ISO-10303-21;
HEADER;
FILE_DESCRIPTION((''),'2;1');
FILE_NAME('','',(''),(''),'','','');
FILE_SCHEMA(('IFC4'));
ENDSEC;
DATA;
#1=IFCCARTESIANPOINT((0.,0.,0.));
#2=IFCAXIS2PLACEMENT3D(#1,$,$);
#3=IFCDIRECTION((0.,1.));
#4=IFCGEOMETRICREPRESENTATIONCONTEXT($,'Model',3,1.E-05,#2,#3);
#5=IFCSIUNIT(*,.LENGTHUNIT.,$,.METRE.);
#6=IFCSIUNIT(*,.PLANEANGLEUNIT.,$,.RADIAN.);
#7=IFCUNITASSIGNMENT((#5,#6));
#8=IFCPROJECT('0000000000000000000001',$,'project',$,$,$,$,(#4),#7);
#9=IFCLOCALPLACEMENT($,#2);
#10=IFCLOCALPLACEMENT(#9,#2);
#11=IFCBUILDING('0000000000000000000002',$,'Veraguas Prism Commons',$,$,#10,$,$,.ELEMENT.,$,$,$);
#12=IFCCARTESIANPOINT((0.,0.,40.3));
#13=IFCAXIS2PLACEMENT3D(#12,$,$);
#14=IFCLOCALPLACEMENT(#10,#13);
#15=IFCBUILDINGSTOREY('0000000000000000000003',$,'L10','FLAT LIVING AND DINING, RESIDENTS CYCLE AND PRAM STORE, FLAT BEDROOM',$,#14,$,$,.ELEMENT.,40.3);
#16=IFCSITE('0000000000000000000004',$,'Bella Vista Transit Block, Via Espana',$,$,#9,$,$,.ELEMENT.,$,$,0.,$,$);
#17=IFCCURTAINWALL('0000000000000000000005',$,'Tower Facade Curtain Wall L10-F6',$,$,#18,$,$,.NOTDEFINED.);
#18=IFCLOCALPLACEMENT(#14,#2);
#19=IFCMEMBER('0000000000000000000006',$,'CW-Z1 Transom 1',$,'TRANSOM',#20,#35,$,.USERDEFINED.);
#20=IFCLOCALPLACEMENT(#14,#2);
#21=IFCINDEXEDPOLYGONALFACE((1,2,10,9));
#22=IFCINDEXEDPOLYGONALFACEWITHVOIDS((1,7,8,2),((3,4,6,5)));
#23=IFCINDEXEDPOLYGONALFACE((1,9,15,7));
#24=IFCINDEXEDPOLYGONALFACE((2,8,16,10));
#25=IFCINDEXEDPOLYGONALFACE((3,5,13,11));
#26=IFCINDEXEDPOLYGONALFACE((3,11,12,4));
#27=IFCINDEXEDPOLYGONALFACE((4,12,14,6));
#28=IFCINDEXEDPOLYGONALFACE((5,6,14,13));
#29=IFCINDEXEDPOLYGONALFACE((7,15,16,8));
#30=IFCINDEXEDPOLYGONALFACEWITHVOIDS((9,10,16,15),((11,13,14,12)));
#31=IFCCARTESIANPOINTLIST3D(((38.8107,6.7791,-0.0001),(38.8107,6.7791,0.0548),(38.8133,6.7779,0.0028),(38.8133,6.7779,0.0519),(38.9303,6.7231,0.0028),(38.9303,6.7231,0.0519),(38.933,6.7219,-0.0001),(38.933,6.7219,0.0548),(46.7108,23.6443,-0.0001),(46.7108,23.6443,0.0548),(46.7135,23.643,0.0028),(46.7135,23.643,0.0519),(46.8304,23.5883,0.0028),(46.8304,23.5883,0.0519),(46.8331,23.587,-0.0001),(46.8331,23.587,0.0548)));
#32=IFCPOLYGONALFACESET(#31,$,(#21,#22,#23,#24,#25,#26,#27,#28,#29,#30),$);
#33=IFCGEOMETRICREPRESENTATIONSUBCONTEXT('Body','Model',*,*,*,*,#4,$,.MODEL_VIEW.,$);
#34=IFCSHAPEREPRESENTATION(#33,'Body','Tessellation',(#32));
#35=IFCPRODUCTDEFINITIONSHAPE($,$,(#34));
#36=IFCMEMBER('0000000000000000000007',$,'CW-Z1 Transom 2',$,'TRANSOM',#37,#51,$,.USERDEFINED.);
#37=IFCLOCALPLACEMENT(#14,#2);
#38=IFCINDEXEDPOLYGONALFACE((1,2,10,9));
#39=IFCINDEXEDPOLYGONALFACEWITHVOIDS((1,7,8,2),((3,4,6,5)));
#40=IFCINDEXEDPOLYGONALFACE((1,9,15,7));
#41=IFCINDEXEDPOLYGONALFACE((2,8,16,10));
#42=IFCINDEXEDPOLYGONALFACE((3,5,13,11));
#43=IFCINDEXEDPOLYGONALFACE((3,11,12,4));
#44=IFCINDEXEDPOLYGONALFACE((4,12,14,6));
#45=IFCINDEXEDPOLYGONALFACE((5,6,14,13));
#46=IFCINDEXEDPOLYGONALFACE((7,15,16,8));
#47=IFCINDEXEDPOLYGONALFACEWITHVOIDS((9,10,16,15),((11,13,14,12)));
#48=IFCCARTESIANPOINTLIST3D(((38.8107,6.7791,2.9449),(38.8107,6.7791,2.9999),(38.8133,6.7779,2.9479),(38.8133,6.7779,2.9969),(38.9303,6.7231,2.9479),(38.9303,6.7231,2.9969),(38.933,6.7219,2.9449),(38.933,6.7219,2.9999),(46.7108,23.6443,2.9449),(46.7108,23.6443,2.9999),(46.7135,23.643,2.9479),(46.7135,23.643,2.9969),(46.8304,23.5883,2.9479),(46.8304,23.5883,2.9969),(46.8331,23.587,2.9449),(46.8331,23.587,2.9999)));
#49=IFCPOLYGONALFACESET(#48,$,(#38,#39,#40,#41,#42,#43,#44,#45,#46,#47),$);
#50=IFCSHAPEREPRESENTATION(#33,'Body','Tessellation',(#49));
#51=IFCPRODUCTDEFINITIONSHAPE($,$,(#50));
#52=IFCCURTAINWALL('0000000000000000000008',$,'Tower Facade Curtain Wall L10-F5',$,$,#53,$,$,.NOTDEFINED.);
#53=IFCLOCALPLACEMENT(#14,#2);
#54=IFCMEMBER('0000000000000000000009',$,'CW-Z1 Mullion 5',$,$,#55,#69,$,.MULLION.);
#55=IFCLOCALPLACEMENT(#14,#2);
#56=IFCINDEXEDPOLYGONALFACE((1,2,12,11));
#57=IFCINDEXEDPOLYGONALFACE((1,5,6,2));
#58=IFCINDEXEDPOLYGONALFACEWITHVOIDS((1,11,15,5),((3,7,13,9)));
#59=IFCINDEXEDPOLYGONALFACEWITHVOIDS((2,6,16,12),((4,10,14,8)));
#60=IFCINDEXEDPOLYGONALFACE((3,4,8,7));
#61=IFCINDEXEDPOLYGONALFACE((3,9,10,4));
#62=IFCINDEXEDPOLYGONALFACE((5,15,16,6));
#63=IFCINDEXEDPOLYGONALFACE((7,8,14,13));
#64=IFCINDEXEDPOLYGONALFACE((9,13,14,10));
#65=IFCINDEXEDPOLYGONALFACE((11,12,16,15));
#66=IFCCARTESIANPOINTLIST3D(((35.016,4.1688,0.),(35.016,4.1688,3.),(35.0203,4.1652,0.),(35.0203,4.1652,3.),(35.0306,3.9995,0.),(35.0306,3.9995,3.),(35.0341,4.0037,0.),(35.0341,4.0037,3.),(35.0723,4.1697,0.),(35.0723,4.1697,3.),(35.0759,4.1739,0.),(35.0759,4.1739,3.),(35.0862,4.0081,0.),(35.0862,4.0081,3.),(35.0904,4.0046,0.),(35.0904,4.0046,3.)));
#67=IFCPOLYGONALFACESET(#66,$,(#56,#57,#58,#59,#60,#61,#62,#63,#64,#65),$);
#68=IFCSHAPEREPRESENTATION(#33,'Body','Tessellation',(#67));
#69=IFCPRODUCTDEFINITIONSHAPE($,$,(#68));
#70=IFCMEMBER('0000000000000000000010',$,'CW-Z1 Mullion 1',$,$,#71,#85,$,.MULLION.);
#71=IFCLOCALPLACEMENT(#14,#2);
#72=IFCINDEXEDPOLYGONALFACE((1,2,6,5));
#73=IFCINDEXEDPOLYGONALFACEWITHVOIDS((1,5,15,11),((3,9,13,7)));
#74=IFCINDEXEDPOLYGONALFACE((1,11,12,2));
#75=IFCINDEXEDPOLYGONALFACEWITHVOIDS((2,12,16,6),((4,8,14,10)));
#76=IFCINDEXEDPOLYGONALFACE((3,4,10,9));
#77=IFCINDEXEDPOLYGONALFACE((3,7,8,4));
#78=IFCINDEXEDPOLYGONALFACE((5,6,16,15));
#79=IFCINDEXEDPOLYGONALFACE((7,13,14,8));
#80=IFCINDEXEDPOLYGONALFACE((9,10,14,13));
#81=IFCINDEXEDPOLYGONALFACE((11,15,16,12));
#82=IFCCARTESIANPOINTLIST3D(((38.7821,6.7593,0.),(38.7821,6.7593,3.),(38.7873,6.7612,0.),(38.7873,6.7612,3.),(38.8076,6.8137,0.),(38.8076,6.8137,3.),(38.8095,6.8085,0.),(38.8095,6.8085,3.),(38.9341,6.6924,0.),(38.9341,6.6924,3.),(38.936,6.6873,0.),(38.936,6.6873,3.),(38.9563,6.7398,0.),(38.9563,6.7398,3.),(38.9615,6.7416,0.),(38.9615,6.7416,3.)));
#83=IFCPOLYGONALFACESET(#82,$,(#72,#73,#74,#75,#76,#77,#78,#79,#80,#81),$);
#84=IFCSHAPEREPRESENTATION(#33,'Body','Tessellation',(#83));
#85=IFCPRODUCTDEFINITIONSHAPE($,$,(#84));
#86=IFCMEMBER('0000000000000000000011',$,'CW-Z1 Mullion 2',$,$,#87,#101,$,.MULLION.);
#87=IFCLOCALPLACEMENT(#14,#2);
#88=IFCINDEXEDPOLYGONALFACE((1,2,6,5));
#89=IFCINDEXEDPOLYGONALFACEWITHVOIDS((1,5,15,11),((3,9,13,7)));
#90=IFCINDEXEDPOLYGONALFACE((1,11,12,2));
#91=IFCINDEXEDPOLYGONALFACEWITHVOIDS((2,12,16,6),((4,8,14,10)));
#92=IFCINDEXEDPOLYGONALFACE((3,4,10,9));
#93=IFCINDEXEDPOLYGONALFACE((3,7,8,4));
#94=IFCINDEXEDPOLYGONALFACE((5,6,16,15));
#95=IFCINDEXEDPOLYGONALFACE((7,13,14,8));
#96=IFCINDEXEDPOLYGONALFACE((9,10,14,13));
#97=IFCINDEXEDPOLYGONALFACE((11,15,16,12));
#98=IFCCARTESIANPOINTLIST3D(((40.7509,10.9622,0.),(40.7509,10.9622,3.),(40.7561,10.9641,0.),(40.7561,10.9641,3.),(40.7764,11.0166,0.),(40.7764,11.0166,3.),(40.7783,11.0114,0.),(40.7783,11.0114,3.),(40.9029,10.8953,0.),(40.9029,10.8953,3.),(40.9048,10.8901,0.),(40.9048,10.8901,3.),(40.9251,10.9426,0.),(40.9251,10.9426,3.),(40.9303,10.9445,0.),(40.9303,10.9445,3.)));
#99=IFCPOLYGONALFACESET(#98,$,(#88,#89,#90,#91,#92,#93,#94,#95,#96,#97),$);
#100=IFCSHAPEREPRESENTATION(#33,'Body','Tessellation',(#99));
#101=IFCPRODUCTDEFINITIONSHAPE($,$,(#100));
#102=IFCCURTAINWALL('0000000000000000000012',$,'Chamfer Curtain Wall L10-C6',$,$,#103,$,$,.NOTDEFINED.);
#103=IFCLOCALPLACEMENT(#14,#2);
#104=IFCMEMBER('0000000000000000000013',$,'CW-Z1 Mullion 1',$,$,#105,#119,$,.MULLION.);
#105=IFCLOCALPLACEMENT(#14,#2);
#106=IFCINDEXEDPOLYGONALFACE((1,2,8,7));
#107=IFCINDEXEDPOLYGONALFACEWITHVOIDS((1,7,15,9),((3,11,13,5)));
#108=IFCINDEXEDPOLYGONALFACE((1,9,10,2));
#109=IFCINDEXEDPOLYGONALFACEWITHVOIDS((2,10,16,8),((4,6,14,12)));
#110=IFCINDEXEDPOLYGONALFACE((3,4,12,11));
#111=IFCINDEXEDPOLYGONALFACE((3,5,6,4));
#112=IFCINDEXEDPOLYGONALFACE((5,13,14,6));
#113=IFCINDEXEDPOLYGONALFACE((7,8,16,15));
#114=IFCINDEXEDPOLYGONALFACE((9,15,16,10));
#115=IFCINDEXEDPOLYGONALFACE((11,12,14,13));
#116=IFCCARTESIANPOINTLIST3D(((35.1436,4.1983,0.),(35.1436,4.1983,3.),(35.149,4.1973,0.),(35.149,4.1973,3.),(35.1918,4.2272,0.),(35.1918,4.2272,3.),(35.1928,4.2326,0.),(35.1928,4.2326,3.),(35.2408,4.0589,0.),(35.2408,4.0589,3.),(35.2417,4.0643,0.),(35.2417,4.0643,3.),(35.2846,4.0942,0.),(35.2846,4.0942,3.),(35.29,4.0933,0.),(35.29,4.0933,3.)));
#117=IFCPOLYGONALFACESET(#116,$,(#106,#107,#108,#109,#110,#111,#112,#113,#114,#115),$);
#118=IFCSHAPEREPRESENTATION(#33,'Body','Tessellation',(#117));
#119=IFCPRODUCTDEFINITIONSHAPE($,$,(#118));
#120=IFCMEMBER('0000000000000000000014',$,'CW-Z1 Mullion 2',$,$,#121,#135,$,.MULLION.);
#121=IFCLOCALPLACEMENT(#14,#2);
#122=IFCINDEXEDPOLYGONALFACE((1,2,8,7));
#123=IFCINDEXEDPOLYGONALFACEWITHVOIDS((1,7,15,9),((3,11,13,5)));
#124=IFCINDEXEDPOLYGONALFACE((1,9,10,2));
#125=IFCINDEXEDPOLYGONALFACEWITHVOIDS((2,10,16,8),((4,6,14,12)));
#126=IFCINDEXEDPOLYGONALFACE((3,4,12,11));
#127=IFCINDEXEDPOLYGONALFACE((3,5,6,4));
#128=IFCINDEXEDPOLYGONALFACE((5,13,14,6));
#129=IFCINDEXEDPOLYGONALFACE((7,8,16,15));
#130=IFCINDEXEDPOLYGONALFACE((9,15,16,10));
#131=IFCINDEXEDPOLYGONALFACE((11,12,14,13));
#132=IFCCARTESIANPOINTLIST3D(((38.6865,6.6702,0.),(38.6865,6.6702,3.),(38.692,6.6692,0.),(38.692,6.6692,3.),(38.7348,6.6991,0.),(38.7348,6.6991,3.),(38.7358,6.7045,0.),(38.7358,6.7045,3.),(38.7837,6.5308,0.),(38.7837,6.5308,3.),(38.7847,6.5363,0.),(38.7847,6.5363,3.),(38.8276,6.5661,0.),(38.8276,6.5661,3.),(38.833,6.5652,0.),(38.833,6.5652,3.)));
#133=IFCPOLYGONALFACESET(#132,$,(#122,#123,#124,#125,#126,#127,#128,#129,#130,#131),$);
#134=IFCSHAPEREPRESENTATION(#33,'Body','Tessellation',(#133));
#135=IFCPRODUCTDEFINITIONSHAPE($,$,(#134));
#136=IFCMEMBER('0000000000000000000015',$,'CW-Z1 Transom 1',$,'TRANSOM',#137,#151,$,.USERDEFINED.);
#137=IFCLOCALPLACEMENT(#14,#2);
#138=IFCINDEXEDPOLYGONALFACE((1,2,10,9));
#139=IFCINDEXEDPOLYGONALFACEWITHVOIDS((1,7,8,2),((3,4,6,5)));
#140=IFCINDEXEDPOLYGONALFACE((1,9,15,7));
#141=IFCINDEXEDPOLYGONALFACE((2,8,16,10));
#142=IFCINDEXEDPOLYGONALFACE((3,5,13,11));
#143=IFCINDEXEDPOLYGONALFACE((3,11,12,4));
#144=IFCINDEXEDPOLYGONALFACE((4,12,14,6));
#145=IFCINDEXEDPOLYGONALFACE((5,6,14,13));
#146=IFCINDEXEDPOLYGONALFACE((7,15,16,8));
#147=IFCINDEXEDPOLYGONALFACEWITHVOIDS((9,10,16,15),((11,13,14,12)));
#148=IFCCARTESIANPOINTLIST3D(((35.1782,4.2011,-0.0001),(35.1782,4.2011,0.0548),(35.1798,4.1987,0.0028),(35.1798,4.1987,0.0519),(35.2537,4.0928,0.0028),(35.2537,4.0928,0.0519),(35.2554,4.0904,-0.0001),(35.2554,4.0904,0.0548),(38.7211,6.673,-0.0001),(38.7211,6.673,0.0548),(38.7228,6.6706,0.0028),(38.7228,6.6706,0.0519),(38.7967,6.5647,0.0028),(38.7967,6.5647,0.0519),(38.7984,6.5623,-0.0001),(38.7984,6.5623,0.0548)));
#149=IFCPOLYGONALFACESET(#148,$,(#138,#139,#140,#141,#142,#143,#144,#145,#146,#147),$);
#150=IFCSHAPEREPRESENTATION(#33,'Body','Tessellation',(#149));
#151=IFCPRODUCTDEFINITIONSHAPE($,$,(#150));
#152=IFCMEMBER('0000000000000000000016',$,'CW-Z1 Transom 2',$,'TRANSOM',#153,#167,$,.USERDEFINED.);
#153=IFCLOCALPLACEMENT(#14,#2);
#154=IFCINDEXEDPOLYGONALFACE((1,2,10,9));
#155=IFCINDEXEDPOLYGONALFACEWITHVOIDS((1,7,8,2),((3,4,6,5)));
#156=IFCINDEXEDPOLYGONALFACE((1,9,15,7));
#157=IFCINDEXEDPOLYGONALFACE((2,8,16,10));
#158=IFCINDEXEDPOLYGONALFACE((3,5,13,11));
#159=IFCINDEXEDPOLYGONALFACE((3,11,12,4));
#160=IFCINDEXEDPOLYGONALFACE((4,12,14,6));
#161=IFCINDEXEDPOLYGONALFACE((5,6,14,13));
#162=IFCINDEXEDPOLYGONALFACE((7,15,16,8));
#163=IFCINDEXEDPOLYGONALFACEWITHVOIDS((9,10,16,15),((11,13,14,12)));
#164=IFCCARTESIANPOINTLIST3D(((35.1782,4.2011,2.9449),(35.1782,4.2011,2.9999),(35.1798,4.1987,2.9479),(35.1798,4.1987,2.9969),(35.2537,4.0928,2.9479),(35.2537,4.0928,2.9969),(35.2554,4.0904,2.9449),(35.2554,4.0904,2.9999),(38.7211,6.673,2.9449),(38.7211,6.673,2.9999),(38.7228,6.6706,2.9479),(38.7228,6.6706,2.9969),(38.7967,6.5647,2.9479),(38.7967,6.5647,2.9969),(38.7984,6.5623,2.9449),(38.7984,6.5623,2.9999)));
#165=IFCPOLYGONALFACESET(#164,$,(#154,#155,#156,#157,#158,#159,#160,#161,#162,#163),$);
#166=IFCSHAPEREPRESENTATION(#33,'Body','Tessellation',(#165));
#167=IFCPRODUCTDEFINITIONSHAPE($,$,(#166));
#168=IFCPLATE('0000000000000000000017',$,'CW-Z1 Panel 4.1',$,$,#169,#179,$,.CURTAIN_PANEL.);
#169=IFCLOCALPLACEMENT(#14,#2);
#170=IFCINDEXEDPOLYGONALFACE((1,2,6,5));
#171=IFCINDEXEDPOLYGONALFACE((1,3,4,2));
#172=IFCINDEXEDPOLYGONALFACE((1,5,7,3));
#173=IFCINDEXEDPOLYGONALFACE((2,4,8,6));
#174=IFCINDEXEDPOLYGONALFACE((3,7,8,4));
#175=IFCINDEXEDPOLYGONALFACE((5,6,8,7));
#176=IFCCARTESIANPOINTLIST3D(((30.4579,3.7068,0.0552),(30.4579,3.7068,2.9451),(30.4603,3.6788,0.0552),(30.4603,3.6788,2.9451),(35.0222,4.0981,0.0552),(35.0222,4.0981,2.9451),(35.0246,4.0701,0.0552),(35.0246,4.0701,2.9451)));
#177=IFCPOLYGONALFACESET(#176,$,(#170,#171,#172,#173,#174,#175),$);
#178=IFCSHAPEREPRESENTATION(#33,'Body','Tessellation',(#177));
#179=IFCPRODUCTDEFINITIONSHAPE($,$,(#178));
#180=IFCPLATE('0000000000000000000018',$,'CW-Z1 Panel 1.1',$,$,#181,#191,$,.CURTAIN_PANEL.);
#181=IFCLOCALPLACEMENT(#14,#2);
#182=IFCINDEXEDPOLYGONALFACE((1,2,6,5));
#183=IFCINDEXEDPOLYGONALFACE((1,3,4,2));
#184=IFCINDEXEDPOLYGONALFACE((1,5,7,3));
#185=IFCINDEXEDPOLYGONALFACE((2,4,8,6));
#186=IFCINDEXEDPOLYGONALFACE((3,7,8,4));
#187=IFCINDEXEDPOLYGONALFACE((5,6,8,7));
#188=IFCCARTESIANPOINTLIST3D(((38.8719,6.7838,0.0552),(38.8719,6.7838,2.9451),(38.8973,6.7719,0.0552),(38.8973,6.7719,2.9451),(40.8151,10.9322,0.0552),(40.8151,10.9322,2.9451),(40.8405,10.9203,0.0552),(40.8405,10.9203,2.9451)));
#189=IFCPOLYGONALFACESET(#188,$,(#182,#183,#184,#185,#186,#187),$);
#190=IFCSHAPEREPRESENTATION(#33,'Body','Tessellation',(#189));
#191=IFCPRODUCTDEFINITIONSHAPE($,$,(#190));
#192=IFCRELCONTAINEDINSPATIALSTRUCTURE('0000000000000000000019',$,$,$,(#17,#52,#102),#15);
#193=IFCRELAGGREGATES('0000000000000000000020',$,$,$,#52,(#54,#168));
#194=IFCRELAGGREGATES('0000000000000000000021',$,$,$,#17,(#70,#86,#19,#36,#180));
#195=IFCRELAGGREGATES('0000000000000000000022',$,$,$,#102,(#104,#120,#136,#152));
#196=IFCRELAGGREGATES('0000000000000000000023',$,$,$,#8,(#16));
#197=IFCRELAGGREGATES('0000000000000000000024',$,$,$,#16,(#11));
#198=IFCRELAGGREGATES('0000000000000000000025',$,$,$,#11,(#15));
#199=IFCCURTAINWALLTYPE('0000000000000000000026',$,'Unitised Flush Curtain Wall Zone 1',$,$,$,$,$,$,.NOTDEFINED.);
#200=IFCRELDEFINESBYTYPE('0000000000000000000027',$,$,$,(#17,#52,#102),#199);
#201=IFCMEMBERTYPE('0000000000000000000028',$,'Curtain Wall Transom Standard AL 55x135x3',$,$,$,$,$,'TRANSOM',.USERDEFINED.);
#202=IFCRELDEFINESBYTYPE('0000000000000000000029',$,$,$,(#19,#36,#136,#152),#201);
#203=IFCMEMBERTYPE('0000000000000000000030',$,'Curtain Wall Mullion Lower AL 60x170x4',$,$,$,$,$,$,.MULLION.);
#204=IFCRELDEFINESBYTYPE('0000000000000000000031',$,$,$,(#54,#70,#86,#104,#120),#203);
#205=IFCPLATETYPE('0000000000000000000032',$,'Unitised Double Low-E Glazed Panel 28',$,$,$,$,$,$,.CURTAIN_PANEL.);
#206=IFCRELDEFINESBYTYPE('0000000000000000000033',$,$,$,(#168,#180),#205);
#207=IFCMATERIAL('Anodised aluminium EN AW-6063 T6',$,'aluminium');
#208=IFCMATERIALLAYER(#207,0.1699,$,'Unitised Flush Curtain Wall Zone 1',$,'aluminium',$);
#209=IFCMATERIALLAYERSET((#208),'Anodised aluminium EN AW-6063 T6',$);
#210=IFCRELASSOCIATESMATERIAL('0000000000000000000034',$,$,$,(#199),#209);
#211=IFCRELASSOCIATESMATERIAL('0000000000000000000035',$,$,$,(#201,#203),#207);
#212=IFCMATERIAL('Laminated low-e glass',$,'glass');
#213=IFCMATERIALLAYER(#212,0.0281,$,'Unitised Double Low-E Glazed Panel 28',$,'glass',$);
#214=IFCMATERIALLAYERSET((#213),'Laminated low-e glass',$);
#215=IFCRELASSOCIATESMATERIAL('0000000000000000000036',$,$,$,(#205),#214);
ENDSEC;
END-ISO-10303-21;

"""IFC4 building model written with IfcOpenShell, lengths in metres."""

from ifc_helpers import new_model, si_unit, direction, frame, origin, origin_2d, place, context, subcontext, project, spatial, rectangle, hollow_rectangle, extrude, source, transform, mapped, material, layer, layer_set, material_profile, profile_set, type_object, element, aggregate, save


model = new_model("IFC4")

# Units and contexts
model_context = context("Model", 3, precision=1e-05, world=origin(), true_north=direction((0.0, 1.0)))
body_context = subcontext(model_context, "Body", "Model", "MODEL_VIEW")
ifc_project = project(units=[si_unit("LENGTHUNIT", "METRE"), si_unit("PLANEANGLEUNIT", "RADIAN")], contexts=[model_context])

# Site, building, storey
site_placement = place(None, origin())
site = spatial("IfcSite", under=ifc_project, at=site_placement, Name="Bella Vista Transit Block, Via Espana", CompositionType="ELEMENT", RefElevation=0.0)
building_placement = place(site_placement, origin())
building = spatial("IfcBuilding", under=site, at=building_placement, Name="Veraguas Prism Commons", CompositionType="ELEMENT")
storey_placement = place(building_placement, frame((0.0, 0.0, 40.3)))
storey = spatial("IfcBuildingStorey", under=building, at=storey_placement, Name="L10", Description="FLAT LIVING AND DINING, RESIDENTS CYCLE AND PRAM STORE, FLAT BEDROOM", CompositionType="ELEMENT", Elevation=40.3)

# Curtain wall, members
ifc_material_1 = material(Name="Anodised aluminium EN AW-6063 T6", Category="aluminium")
ifc_layer_1 = layer(ifc_material_1, 0.1699, Name="Unitised Flush Curtain Wall Zone 1", Category="aluminium")
ifc_layer_set_1 = layer_set([ifc_layer_1], Name="Anodised aluminium EN AW-6063 T6")
curtain_wall_type = type_object("IfcCurtainWallType", Name="Unitised Flush Curtain Wall Zone 1", PredefinedType="NOTDEFINED", material=ifc_layer_set_1)
curtain_wall_1_placement = place(storey_placement, origin())
curtain_wall_1 = element("IfcCurtainWall", 1, at=curtain_wall_1_placement, inside=storey, type_object=curtain_wall_type, Name="Tower Facade Curtain Wall L10-F6", PredefinedType="NOTDEFINED")
ifc_material_profile_1 = material_profile(ifc_material_1, hollow_rectangle(XDim=0.0549, YDim=0.135, WallThickness=0.0029, at=origin_2d()), Name="AL55X135X3")
ifc_profile_set_1 = profile_set([ifc_material_profile_1], Name="Anodised aluminium EN AW-6063 T6")
member_type_1 = type_object("IfcMemberType", Name="Curtain Wall Transom Standard AL 55x135x3", ElementType="TRANSOM", PredefinedType="USERDEFINED", material=ifc_profile_set_1)
shared_shape_1 = source(origin(), body_context, "Body", "SweptSolid", [
    extrude(hollow_rectangle(XDim=0.0549, YDim=0.135, WallThickness=0.0029, at=origin_2d()), origin(), (0.0, 0.0, 1.0), 18.6238),
])
member_1_placement = place(storey_placement, frame((38.8718, 6.7505, 0.0273), z_axis=(0.424195, 0.905571, 0.0), x_axis=(0.0, 0.0, 1.0)))
member_1 = element("IfcMember", 2, at=member_1_placement, type_object=member_type_1, Name="CW-Z1 Transom 1", ObjectType="TRANSOM", PredefinedType="USERDEFINED", context=body_context, shape_type="MappedRepresentation", body=[
    mapped(shared_shape_1, transform((0.0, 0.0, 0.0), scale=1.0)),
])
member_2_placement = place(storey_placement, frame((38.8718, 6.7505, 2.9724), z_axis=(0.424195, 0.905571, 0.0), x_axis=(0.0, 0.0, 1.0)))
member_2 = element("IfcMember", 3, at=member_2_placement, type_object=member_type_1, Name="CW-Z1 Transom 2", ObjectType="TRANSOM", PredefinedType="USERDEFINED", context=body_context, shape_type="MappedRepresentation", body=[
    mapped(shared_shape_1, transform((0.0, 0.0, 0.0), scale=1.0)),
])

# Curtain wall, member
curtain_wall_2_placement = place(storey_placement, origin())
curtain_wall_2 = element("IfcCurtainWall", 4, at=curtain_wall_2_placement, inside=storey, type_object=curtain_wall_type, Name="Tower Facade Curtain Wall L10-F5", PredefinedType="NOTDEFINED")
ifc_material_profile_2 = material_profile(ifc_material_1, hollow_rectangle(XDim=0.0601, YDim=0.1699, WallThickness=0.0039, at=origin_2d()), Name="AL60X170X4")
ifc_profile_set_2 = profile_set([ifc_material_profile_2], Name="Anodised aluminium EN AW-6063 T6")
member_type_2 = type_object("IfcMemberType", Name="Curtain Wall Mullion Lower AL 60x170x4", PredefinedType="MULLION", material=ifc_profile_set_2)
shared_shape_2 = source(origin(), body_context, "Body", "SweptSolid", [
    extrude(hollow_rectangle(XDim=0.0601, YDim=0.1699, WallThickness=0.0039, at=origin_2d()), origin(), (0.0, 0.0, 1.0), 3.0),
])
member_3_placement = place(storey_placement, frame((35.0532, 4.0867, 0.0), z_axis=(0.0, 0.0, 1.0), x_axis=(0.996345, 0.085417, 0.0)))
member_3 = element("IfcMember", 5, at=member_3_placement, type_object=member_type_2, Name="CW-Z1 Mullion 5", PredefinedType="MULLION", context=body_context, shape_type="MappedRepresentation", body=[
    mapped(shared_shape_2, transform((0.0, 0.0, 0.0), scale=1.0)),
])

# Members
member_4_placement = place(storey_placement, frame((38.8718, 6.7505, 0.0), z_axis=(0.0, 0.0, 1.0), x_axis=(0.424195, 0.905571, 0.0)))
member_4 = element("IfcMember", 6, at=member_4_placement, type_object=member_type_2, Name="CW-Z1 Mullion 1", PredefinedType="MULLION", context=body_context, shape_type="MappedRepresentation", body=[
    mapped(shared_shape_2, transform((0.0, 0.0, 0.0), scale=1.0)),
])
member_5_placement = place(storey_placement, frame((40.8406, 10.9534, 0.0), z_axis=(0.0, 0.0, 1.0), x_axis=(0.424195, 0.905571, 0.0)))
member_5 = element("IfcMember", 7, at=member_5_placement, type_object=member_type_2, Name="CW-Z1 Mullion 2", PredefinedType="MULLION", context=body_context, shape_type="MappedRepresentation", body=[
    mapped(shared_shape_2, transform((0.0, 0.0, 0.0), scale=1.0)),
])

# Curtain wall, members
curtain_wall_3_placement = place(storey_placement, origin())
curtain_wall_3 = element("IfcCurtainWall", 8, at=curtain_wall_3_placement, inside=storey, type_object=curtain_wall_type, Name="Chamfer Curtain Wall L10-C6", PredefinedType="NOTDEFINED")
member_6_placement = place(storey_placement, frame((35.2168, 4.1458, 0.0), z_axis=(0.0, 0.0, 1.0), x_axis=(0.820144, 0.572157, 0.0)))
member_6 = element("IfcMember", 9, at=member_6_placement, type_object=member_type_2, Name="CW-Z1 Mullion 1", PredefinedType="MULLION", context=body_context, shape_type="MappedRepresentation", body=[
    mapped(shared_shape_2, transform((0.0, 0.0, 0.0), scale=1.0)),
])
member_7_placement = place(storey_placement, frame((38.7598, 6.6177, 0.0), z_axis=(0.0, 0.0, 1.0), x_axis=(0.820144, 0.572157, 0.0)))
member_7 = element("IfcMember", 10, at=member_7_placement, type_object=member_type_2, Name="CW-Z1 Mullion 2", PredefinedType="MULLION", context=body_context, shape_type="MappedRepresentation", body=[
    mapped(shared_shape_2, transform((0.0, 0.0, 0.0), scale=1.0)),
])
shared_shape_3 = source(origin(), body_context, "Body", "SweptSolid", [
    extrude(hollow_rectangle(XDim=0.0549, YDim=0.135, WallThickness=0.0029, at=origin_2d()), origin(), (0.0, 0.0, 1.0), 4.3201),
])
member_8_placement = place(storey_placement, frame((35.2168, 4.1458, 0.0273), z_axis=(0.820118, 0.572195, 0.0), x_axis=(0.0, 0.0, 1.0)))
member_8 = element("IfcMember", 11, at=member_8_placement, type_object=member_type_1, Name="CW-Z1 Transom 1", ObjectType="TRANSOM", PredefinedType="USERDEFINED", context=body_context, shape_type="MappedRepresentation", body=[
    mapped(shared_shape_3, transform((0.0, 0.0, 0.0), scale=1.0)),
])
member_9_placement = place(storey_placement, frame((35.2168, 4.1458, 2.9724), z_axis=(0.820118, 0.572195, 0.0), x_axis=(0.0, 0.0, 1.0)))
member_9 = element("IfcMember", 12, at=member_9_placement, type_object=member_type_1, Name="CW-Z1 Transom 2", ObjectType="TRANSOM", PredefinedType="USERDEFINED", context=body_context, shape_type="MappedRepresentation", body=[
    mapped(shared_shape_3, transform((0.0, 0.0, 0.0), scale=1.0)),
])

# Plates
ifc_material_2 = material(Name="Laminated low-e glass", Category="glass")
ifc_layer_2 = layer(ifc_material_2, 0.0281, Name="Unitised Double Low-E Glazed Panel 28", Category="glass")
ifc_layer_set_2 = layer_set([ifc_layer_2], Name="Laminated low-e glass")
plate_type = type_object("IfcPlateType", Name="Unitised Double Low-E Glazed Panel 28", PredefinedType="CURTAIN_PANEL", material=ifc_layer_set_2)
shared_shape_4 = source(origin(), body_context, "Body", "SweptSolid", [
    extrude(rectangle(XDim=4.5811, YDim=0.0281, at=origin_2d()), origin(), (0.0, 0.0, 1.0), 2.8899),
])
plate_1_placement = place(storey_placement, frame((32.7412, 3.8884, 0.0552), z_axis=(0.0, 0.0, 1.0), x_axis=(0.996345, 0.085417, 0.0)))
plate_1 = element("IfcPlate", 13, at=plate_1_placement, type_object=plate_type, Name="CW-Z1 Panel 4.1", PredefinedType="CURTAIN_PANEL", context=body_context, shape_type="MappedRepresentation", body=[
    mapped(shared_shape_4, transform((0.0, 0.0, 0.0), scale=1.0)),
])
aggregate(curtain_wall_2, [member_3, plate_1])
plate_2_placement = place(storey_placement, frame((39.8562, 8.8521, 0.0552), z_axis=(0.0, 0.0, 1.0), x_axis=(0.424195, 0.905571, 0.0)))
plate_2 = element("IfcPlate", 14, at=plate_2_placement, type_object=plate_type, Name="CW-Z1 Panel 1.1", PredefinedType="CURTAIN_PANEL", context=body_context, shape_type="MappedRepresentation", body=[
    mapped(shared_shape_4, transform((0.0, 0.0, 0.0), scale=1.0)),
])
aggregate(curtain_wall_1, [member_4, member_5, member_1, member_2, plate_2])
aggregate(curtain_wall_3, [member_6, member_7, member_8, member_9])

save(model, "model.ifc")
